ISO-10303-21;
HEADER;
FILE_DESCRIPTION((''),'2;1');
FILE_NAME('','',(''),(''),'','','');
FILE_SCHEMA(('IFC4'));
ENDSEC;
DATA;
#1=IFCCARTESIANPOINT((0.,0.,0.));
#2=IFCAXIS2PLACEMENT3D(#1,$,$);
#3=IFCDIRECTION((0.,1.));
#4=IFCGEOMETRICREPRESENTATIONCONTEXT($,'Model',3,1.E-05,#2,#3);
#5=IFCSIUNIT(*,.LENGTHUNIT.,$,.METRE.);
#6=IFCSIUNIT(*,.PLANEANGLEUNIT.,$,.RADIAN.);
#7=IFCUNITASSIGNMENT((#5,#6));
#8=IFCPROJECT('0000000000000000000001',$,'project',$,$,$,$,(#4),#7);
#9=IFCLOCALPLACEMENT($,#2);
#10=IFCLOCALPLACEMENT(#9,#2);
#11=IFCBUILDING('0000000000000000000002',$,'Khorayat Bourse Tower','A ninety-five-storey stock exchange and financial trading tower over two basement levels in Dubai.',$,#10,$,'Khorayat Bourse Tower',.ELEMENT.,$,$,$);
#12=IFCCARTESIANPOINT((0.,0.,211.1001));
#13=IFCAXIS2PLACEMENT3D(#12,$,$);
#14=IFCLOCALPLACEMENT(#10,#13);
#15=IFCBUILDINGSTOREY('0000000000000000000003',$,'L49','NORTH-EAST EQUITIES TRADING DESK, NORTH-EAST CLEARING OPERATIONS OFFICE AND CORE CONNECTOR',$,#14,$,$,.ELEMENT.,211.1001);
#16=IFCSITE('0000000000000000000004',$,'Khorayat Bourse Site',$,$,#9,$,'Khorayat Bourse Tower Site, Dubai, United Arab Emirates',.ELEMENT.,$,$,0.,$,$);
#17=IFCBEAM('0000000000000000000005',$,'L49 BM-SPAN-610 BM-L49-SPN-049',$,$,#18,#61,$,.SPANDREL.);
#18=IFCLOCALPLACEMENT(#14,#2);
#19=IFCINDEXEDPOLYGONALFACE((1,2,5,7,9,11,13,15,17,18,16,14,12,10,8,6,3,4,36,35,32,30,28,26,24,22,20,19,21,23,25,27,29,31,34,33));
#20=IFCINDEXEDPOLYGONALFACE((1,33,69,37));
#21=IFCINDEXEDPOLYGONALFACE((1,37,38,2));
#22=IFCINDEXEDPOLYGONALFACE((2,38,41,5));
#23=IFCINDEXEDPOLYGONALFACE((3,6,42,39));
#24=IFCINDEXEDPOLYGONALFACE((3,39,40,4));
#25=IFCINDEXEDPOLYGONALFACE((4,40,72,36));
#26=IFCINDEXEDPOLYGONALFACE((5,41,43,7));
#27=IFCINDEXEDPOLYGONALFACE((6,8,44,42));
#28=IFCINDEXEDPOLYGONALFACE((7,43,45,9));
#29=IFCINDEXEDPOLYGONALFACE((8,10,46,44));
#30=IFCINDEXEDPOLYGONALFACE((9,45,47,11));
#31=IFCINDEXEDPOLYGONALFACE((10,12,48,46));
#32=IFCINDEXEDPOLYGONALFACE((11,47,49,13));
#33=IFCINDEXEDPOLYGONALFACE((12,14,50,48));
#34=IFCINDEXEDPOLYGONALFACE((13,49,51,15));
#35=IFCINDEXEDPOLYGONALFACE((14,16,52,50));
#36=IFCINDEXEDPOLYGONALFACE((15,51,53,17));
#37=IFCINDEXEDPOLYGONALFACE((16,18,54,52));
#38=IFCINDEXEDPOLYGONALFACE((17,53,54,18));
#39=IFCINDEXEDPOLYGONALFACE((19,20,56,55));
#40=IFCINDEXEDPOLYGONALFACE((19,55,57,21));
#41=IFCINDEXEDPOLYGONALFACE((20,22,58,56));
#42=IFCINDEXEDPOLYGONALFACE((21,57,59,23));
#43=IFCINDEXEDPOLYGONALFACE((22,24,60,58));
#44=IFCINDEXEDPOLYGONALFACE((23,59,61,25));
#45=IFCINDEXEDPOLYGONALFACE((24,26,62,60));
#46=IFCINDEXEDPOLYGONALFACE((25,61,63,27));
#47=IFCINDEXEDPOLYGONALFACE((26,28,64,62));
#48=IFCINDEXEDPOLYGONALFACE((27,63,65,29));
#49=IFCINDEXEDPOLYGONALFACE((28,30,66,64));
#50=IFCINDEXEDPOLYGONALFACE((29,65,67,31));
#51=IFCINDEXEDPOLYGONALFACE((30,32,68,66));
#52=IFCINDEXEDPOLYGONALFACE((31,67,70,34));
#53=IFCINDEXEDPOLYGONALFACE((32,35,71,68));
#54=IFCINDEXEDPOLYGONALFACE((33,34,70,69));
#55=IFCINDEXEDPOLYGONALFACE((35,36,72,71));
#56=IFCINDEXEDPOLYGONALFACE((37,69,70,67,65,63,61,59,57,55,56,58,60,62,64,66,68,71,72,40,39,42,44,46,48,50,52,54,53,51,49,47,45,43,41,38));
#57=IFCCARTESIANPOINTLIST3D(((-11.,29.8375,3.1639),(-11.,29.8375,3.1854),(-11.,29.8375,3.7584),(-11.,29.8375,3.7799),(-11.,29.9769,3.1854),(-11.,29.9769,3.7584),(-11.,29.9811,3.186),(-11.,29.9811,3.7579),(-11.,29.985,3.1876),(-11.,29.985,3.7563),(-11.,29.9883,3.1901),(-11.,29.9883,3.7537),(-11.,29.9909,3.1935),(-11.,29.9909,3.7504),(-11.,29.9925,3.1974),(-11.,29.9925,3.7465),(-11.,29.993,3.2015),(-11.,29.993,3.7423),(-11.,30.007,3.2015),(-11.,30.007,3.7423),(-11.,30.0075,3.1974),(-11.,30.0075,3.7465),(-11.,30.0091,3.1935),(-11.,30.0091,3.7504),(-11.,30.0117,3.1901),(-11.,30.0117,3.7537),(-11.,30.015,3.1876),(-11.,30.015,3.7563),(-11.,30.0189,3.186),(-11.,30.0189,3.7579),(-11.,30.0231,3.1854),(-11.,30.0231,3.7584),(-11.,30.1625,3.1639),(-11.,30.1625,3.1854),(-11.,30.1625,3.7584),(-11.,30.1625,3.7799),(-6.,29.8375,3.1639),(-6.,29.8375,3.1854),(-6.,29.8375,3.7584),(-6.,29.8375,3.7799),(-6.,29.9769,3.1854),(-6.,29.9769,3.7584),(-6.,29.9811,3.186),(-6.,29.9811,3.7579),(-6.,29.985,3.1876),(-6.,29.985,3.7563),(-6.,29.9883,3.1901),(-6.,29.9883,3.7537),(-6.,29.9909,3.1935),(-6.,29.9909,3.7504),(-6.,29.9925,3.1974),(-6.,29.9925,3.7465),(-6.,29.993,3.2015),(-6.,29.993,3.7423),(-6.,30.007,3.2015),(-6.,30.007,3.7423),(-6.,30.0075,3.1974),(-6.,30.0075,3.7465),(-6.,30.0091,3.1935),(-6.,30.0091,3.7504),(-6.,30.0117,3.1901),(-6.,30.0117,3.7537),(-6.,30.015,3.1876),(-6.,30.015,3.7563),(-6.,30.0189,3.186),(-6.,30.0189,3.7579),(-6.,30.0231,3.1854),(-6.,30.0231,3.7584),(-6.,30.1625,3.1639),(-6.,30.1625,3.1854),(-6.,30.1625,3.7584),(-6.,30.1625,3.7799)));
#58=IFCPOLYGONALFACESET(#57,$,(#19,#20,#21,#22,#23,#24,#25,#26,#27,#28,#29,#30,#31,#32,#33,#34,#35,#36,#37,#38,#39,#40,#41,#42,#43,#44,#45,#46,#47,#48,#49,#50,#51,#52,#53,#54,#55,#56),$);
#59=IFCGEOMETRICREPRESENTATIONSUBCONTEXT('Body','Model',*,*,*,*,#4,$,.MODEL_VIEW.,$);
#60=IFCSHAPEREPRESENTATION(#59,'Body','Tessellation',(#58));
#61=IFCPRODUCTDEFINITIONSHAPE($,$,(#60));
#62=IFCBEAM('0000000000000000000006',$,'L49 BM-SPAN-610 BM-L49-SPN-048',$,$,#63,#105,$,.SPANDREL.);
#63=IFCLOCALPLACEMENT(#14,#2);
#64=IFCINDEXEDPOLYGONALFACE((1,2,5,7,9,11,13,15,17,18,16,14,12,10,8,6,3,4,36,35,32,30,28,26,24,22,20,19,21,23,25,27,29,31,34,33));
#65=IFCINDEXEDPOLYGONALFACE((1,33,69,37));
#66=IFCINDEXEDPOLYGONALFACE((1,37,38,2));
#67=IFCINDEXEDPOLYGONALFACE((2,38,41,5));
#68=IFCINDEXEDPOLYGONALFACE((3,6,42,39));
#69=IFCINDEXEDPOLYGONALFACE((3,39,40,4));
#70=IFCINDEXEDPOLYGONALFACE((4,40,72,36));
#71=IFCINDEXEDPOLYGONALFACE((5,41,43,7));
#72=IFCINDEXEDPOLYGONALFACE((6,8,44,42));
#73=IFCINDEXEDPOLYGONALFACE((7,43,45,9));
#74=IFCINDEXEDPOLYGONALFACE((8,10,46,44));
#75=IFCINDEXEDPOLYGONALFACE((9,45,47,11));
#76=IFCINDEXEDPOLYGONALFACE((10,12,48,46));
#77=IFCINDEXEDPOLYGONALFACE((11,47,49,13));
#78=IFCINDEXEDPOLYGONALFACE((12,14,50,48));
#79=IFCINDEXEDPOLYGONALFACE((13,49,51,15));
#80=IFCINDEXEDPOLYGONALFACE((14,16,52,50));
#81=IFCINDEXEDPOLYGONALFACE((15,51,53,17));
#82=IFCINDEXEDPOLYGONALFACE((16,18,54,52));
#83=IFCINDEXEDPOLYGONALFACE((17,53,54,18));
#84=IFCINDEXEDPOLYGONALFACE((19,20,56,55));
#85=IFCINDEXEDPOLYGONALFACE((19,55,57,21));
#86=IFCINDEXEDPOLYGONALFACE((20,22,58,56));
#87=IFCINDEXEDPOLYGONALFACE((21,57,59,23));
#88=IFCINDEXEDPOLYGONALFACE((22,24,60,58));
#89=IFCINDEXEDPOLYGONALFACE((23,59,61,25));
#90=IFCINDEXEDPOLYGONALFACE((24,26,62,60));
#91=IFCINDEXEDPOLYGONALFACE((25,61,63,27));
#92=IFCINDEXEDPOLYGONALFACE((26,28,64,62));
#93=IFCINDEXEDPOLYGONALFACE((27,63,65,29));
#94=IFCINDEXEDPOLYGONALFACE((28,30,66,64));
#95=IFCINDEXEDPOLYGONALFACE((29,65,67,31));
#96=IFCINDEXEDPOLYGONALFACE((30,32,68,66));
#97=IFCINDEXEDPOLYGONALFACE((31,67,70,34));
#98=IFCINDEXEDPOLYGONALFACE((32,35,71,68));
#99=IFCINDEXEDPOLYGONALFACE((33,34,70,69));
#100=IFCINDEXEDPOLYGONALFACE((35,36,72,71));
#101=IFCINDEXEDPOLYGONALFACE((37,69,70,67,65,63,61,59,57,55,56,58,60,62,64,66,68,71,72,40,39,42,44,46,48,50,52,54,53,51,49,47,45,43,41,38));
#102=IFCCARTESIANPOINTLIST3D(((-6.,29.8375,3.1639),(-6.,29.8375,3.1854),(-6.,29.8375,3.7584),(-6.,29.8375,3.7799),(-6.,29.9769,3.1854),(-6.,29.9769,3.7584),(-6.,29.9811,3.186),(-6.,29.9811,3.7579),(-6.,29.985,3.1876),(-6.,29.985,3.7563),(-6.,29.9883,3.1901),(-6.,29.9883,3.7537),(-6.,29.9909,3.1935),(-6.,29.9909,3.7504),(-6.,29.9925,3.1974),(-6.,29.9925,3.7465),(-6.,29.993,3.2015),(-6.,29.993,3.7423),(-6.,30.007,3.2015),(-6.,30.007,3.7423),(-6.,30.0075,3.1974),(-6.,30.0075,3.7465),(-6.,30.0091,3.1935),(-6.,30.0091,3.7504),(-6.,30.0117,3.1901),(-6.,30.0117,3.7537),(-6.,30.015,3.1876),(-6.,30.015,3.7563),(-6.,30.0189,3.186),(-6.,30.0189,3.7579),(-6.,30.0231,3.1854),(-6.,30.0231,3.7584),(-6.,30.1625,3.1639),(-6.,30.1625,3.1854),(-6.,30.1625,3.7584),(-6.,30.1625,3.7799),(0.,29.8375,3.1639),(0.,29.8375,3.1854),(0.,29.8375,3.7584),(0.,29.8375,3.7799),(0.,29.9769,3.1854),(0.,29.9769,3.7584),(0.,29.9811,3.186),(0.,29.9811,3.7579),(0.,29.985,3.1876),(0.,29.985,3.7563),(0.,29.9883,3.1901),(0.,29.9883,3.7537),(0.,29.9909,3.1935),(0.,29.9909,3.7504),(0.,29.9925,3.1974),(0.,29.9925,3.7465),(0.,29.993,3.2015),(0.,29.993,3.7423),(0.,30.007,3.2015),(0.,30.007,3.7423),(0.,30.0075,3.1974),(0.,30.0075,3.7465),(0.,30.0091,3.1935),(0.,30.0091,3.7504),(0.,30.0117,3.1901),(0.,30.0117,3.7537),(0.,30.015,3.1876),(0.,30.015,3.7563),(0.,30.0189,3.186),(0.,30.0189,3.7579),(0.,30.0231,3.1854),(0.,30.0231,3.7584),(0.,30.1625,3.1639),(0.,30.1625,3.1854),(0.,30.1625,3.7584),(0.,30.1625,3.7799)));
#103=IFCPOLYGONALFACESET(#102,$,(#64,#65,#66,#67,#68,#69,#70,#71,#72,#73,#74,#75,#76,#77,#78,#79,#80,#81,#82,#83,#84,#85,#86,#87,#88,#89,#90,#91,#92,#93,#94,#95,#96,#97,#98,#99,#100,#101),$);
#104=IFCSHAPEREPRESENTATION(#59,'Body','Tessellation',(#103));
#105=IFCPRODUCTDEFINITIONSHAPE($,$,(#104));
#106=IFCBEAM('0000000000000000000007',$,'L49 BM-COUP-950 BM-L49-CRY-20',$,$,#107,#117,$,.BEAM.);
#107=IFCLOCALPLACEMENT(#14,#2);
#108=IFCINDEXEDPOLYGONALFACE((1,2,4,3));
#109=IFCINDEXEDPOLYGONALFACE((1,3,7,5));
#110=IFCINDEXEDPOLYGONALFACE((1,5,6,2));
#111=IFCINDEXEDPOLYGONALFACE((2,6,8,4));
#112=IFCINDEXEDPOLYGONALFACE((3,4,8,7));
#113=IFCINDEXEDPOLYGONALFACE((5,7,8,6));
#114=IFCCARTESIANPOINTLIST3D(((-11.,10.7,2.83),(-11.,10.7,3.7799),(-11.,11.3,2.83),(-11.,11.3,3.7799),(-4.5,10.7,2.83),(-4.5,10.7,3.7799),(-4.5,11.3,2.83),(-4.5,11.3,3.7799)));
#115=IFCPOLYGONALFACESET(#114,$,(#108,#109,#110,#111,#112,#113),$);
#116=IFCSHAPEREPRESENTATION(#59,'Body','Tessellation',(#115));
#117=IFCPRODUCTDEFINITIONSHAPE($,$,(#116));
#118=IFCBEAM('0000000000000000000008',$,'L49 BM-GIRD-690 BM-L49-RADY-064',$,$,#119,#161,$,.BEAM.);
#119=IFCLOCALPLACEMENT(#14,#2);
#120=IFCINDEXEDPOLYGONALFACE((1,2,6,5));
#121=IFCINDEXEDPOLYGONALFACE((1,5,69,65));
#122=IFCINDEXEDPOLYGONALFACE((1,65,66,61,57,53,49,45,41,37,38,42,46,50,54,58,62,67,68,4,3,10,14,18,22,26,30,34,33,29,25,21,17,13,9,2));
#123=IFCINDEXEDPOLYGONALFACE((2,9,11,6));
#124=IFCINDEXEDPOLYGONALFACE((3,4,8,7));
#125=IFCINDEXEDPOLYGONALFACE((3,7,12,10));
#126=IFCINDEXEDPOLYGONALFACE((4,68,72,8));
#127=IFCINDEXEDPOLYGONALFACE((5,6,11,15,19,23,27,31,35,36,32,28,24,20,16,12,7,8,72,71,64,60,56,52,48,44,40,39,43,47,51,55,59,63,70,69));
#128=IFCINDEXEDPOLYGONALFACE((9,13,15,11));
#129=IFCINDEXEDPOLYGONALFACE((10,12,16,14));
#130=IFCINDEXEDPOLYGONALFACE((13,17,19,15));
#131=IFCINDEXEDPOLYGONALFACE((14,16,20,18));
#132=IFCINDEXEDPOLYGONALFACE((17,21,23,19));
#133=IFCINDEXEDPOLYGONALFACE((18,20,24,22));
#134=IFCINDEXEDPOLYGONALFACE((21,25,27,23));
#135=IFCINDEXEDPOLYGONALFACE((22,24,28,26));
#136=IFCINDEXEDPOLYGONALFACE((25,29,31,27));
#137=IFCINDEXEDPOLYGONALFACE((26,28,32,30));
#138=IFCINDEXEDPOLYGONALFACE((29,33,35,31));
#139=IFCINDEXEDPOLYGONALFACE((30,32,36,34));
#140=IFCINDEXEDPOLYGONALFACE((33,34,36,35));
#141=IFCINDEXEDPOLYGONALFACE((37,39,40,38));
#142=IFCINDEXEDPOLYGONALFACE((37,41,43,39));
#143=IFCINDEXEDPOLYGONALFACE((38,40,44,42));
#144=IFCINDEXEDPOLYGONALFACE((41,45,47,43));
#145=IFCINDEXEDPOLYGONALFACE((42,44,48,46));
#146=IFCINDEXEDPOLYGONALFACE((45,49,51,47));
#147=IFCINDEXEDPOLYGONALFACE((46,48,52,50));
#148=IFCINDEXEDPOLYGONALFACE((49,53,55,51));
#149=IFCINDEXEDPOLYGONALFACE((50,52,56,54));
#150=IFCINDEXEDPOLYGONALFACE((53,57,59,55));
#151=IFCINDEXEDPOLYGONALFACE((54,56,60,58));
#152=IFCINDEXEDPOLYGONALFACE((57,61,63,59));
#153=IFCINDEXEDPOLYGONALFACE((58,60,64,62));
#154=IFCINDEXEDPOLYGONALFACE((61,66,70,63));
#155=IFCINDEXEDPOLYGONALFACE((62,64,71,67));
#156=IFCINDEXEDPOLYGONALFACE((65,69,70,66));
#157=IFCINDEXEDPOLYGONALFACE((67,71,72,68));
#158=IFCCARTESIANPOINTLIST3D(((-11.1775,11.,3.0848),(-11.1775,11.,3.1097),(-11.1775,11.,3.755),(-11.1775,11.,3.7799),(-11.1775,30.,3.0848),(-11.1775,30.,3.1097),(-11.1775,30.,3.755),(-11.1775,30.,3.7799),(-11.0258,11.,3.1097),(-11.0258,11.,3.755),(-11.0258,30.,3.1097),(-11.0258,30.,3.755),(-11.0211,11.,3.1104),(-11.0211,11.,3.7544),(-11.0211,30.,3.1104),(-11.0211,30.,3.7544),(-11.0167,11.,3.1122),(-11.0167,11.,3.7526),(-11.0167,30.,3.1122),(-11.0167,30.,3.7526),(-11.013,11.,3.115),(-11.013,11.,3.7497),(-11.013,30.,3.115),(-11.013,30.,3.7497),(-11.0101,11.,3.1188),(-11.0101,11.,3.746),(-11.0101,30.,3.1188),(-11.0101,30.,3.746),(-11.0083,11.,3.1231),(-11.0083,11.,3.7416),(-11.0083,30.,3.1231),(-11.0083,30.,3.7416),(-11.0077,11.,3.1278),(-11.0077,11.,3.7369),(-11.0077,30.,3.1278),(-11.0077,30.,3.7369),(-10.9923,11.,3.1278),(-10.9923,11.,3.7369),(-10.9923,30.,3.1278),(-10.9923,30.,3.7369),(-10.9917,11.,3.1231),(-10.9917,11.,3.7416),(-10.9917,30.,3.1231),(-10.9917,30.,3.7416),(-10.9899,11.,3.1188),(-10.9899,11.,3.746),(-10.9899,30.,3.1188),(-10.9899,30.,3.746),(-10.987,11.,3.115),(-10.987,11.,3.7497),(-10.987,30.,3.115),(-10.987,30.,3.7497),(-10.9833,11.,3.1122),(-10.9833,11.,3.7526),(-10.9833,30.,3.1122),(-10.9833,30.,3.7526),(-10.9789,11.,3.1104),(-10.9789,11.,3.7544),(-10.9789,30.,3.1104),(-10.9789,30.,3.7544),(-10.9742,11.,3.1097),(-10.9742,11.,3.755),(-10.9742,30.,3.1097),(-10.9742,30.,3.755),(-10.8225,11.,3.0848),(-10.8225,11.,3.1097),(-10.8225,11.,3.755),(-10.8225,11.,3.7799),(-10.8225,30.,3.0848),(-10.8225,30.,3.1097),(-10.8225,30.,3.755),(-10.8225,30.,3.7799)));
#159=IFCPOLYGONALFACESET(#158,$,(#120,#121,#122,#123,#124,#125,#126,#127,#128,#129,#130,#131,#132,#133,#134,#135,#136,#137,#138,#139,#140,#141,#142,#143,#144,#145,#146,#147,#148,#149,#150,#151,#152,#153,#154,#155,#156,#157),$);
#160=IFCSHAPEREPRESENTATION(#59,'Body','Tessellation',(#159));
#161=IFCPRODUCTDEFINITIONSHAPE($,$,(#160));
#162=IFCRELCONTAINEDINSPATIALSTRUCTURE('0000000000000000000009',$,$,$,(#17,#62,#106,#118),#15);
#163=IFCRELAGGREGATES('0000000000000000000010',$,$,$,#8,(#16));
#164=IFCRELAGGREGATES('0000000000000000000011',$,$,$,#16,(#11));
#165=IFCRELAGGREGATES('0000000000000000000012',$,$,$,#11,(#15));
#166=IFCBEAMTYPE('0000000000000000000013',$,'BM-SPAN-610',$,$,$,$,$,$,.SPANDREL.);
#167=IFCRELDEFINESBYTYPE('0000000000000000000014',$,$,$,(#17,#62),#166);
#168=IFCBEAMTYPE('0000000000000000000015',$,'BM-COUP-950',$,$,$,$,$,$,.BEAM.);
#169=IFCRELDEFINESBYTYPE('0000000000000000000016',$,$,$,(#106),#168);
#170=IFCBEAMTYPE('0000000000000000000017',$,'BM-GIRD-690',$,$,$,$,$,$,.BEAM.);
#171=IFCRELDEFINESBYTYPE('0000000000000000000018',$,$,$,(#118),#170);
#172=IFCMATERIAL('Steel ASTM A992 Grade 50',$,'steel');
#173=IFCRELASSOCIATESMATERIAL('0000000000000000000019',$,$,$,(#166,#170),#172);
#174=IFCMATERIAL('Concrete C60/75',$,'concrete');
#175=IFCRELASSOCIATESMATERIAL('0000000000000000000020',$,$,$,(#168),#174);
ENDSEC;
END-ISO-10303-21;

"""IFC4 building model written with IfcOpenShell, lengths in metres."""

from ifc_helpers import new_model, si_unit, direction, frame, origin, origin_2d, place, context, subcontext, project, spatial, rectangle, i_section, extrude, source, transform, mapped, material, material_profile, profile_set, type_object, element, save


model = new_model("IFC4")

# Units and contexts
model_context = context("Model", 3, precision=1e-05, world=origin(), true_north=direction((0.0, 1.0)))
body_context = subcontext(model_context, "Body", "Model", "MODEL_VIEW")
ifc_project = project(units=[si_unit("LENGTHUNIT", "METRE"), si_unit("PLANEANGLEUNIT", "RADIAN")], contexts=[model_context])

# Site, building, storey
site_placement = place(None, origin())
site = spatial("IfcSite", under=ifc_project, at=site_placement, Name="Khorayat Bourse Site", LongName="Khorayat Bourse Tower Site, Dubai, United Arab Emirates", CompositionType="ELEMENT", RefElevation=0.0)
building_placement = place(site_placement, origin())
building = spatial("IfcBuilding", under=site, at=building_placement, Name="Khorayat Bourse Tower", Description="A ninety-five-storey stock exchange and financial trading tower over two basement levels in Dubai.", LongName="Khorayat Bourse Tower", CompositionType="ELEMENT")
storey_placement = place(building_placement, frame((0.0, 0.0, 211.1001)))
storey = spatial("IfcBuildingStorey", under=building, at=storey_placement, Name="L49", Description="NORTH-EAST EQUITIES TRADING DESK, NORTH-EAST CLEARING OPERATIONS OFFICE AND CORE CONNECTOR", CompositionType="ELEMENT", Elevation=211.1001)

# Shared definitions
ifc_material_1 = material(Name="Concrete C60/75", Category="concrete")

# Beams
ifc_material_2 = material(Name="Steel ASTM A992 Grade 50", Category="steel")
ifc_material_profile_1 = material_profile(ifc_material_2, i_section(OverallWidth=0.325, OverallDepth=0.616, WebThickness=0.0139, FlangeThickness=0.0215, FilletRadius=0.0161, at=origin_2d()), Name="W610X174")
ifc_profile_set_1 = profile_set([ifc_material_profile_1], Name="Steel ASTM A992 Grade 50")
beam_type_1 = type_object("IfcBeamType", Name="BM-SPAN-610", PredefinedType="SPANDREL", material=ifc_profile_set_1)
shared_shape_1 = source(origin(), body_context, "Body", "SweptSolid", [
    extrude(i_section(OverallWidth=0.325, OverallDepth=0.616, WebThickness=0.0139, FlangeThickness=0.0215, FilletRadius=0.0161, at=origin_2d()), origin(), (0.0, 0.0, 1.0), 5.0),
])
beam_1_placement = place(storey_placement, frame((-11.0, 30.0, 3.4719), z_axis=(1.0, 0.0, 0.0), x_axis=(0.0, 1.0, 0.0)))
element("IfcBeam", 1, at=beam_1_placement, inside=storey, type_object=beam_type_1, Name="L49 BM-SPAN-610 BM-L49-SPN-049", PredefinedType="SPANDREL", context=body_context, shape_type="MappedRepresentation", body=[
    mapped(shared_shape_1, transform((0.0, 0.0, 0.0), scale=1.0)),
])
shared_shape_2 = source(origin(), body_context, "Body", "SweptSolid", [
    extrude(i_section(OverallWidth=0.325, OverallDepth=0.616, WebThickness=0.0139, FlangeThickness=0.0215, FilletRadius=0.0161, at=origin_2d()), origin(), (0.0, 0.0, 1.0), 6.0),
])
beam_2_placement = place(storey_placement, frame((-6.0, 30.0, 3.4719), z_axis=(1.0, 0.0, 0.0), x_axis=(0.0, 1.0, 0.0)))
element("IfcBeam", 2, at=beam_2_placement, inside=storey, type_object=beam_type_1, Name="L49 BM-SPAN-610 BM-L49-SPN-048", PredefinedType="SPANDREL", context=body_context, shape_type="MappedRepresentation", body=[
    mapped(shared_shape_2, transform((0.0, 0.0, 0.0), scale=1.0)),
])
ifc_material_profile_2 = material_profile(ifc_material_1, rectangle(XDim=0.6001, YDim=0.95, at=origin_2d()), Name="RC 600x950")
ifc_profile_set_2 = profile_set([ifc_material_profile_2], Name="Concrete C60/75")
beam_type_2 = type_object("IfcBeamType", Name="BM-COUP-950", PredefinedType="BEAM", material=ifc_profile_set_2)
shared_shape_3 = source(origin(), body_context, "Body", "SweptSolid", [
    extrude(rectangle(XDim=0.6001, YDim=0.95, at=origin_2d()), origin(), (0.0, 0.0, 1.0), 6.5),
])
beam_3_placement = place(storey_placement, frame((-11.0, 11.0, 3.3049), z_axis=(1.0, 0.0, 0.0), x_axis=(0.0, 1.0, 0.0)))
element("IfcBeam", 3, at=beam_3_placement, inside=storey, type_object=beam_type_2, Name="L49 BM-COUP-950 BM-L49-CRY-20", PredefinedType="BEAM", context=body_context, shape_type="MappedRepresentation", body=[
    mapped(shared_shape_3, transform((0.0, 0.0, 0.0), scale=1.0)),
])
ifc_material_profile_3 = material_profile(ifc_material_2, i_section(OverallWidth=0.355, OverallDepth=0.6951, WebThickness=0.0154, FlangeThickness=0.0249, FilletRadius=0.0181, at=origin_2d()), Name="W690X217")
ifc_profile_set_3 = profile_set([ifc_material_profile_3], Name="Steel ASTM A992 Grade 50")
beam_type_3 = type_object("IfcBeamType", Name="BM-GIRD-690", PredefinedType="BEAM", material=ifc_profile_set_3)
shared_shape_4 = source(origin(), body_context, "Body", "SweptSolid", [
    extrude(i_section(OverallWidth=0.355, OverallDepth=0.6951, WebThickness=0.0154, FlangeThickness=0.0249, FilletRadius=0.0181, at=origin_2d()), origin(), (0.0, 0.0, 1.0), 19.0),
])
for number, where, z_axis, x_axis, name in (
    (4, (-11.0, 11.0, 3.4324), (0.0, 1.0, 0.0), (-1.0, 0.0, 0.0), "L49 BM-GIRD-690 BM-L49-RADY-064"),
):
    element("IfcBeam", number, at=place(storey_placement, frame(where, z_axis=z_axis, x_axis=x_axis)), inside=storey, type_object=beam_type_3, Name=name, PredefinedType="BEAM", context=body_context, shape_type="MappedRepresentation", body=[
        mapped(shared_shape_4, transform((0.0, 0.0, 0.0), scale=1.0)),
    ])

save(model, "model.ifc")
